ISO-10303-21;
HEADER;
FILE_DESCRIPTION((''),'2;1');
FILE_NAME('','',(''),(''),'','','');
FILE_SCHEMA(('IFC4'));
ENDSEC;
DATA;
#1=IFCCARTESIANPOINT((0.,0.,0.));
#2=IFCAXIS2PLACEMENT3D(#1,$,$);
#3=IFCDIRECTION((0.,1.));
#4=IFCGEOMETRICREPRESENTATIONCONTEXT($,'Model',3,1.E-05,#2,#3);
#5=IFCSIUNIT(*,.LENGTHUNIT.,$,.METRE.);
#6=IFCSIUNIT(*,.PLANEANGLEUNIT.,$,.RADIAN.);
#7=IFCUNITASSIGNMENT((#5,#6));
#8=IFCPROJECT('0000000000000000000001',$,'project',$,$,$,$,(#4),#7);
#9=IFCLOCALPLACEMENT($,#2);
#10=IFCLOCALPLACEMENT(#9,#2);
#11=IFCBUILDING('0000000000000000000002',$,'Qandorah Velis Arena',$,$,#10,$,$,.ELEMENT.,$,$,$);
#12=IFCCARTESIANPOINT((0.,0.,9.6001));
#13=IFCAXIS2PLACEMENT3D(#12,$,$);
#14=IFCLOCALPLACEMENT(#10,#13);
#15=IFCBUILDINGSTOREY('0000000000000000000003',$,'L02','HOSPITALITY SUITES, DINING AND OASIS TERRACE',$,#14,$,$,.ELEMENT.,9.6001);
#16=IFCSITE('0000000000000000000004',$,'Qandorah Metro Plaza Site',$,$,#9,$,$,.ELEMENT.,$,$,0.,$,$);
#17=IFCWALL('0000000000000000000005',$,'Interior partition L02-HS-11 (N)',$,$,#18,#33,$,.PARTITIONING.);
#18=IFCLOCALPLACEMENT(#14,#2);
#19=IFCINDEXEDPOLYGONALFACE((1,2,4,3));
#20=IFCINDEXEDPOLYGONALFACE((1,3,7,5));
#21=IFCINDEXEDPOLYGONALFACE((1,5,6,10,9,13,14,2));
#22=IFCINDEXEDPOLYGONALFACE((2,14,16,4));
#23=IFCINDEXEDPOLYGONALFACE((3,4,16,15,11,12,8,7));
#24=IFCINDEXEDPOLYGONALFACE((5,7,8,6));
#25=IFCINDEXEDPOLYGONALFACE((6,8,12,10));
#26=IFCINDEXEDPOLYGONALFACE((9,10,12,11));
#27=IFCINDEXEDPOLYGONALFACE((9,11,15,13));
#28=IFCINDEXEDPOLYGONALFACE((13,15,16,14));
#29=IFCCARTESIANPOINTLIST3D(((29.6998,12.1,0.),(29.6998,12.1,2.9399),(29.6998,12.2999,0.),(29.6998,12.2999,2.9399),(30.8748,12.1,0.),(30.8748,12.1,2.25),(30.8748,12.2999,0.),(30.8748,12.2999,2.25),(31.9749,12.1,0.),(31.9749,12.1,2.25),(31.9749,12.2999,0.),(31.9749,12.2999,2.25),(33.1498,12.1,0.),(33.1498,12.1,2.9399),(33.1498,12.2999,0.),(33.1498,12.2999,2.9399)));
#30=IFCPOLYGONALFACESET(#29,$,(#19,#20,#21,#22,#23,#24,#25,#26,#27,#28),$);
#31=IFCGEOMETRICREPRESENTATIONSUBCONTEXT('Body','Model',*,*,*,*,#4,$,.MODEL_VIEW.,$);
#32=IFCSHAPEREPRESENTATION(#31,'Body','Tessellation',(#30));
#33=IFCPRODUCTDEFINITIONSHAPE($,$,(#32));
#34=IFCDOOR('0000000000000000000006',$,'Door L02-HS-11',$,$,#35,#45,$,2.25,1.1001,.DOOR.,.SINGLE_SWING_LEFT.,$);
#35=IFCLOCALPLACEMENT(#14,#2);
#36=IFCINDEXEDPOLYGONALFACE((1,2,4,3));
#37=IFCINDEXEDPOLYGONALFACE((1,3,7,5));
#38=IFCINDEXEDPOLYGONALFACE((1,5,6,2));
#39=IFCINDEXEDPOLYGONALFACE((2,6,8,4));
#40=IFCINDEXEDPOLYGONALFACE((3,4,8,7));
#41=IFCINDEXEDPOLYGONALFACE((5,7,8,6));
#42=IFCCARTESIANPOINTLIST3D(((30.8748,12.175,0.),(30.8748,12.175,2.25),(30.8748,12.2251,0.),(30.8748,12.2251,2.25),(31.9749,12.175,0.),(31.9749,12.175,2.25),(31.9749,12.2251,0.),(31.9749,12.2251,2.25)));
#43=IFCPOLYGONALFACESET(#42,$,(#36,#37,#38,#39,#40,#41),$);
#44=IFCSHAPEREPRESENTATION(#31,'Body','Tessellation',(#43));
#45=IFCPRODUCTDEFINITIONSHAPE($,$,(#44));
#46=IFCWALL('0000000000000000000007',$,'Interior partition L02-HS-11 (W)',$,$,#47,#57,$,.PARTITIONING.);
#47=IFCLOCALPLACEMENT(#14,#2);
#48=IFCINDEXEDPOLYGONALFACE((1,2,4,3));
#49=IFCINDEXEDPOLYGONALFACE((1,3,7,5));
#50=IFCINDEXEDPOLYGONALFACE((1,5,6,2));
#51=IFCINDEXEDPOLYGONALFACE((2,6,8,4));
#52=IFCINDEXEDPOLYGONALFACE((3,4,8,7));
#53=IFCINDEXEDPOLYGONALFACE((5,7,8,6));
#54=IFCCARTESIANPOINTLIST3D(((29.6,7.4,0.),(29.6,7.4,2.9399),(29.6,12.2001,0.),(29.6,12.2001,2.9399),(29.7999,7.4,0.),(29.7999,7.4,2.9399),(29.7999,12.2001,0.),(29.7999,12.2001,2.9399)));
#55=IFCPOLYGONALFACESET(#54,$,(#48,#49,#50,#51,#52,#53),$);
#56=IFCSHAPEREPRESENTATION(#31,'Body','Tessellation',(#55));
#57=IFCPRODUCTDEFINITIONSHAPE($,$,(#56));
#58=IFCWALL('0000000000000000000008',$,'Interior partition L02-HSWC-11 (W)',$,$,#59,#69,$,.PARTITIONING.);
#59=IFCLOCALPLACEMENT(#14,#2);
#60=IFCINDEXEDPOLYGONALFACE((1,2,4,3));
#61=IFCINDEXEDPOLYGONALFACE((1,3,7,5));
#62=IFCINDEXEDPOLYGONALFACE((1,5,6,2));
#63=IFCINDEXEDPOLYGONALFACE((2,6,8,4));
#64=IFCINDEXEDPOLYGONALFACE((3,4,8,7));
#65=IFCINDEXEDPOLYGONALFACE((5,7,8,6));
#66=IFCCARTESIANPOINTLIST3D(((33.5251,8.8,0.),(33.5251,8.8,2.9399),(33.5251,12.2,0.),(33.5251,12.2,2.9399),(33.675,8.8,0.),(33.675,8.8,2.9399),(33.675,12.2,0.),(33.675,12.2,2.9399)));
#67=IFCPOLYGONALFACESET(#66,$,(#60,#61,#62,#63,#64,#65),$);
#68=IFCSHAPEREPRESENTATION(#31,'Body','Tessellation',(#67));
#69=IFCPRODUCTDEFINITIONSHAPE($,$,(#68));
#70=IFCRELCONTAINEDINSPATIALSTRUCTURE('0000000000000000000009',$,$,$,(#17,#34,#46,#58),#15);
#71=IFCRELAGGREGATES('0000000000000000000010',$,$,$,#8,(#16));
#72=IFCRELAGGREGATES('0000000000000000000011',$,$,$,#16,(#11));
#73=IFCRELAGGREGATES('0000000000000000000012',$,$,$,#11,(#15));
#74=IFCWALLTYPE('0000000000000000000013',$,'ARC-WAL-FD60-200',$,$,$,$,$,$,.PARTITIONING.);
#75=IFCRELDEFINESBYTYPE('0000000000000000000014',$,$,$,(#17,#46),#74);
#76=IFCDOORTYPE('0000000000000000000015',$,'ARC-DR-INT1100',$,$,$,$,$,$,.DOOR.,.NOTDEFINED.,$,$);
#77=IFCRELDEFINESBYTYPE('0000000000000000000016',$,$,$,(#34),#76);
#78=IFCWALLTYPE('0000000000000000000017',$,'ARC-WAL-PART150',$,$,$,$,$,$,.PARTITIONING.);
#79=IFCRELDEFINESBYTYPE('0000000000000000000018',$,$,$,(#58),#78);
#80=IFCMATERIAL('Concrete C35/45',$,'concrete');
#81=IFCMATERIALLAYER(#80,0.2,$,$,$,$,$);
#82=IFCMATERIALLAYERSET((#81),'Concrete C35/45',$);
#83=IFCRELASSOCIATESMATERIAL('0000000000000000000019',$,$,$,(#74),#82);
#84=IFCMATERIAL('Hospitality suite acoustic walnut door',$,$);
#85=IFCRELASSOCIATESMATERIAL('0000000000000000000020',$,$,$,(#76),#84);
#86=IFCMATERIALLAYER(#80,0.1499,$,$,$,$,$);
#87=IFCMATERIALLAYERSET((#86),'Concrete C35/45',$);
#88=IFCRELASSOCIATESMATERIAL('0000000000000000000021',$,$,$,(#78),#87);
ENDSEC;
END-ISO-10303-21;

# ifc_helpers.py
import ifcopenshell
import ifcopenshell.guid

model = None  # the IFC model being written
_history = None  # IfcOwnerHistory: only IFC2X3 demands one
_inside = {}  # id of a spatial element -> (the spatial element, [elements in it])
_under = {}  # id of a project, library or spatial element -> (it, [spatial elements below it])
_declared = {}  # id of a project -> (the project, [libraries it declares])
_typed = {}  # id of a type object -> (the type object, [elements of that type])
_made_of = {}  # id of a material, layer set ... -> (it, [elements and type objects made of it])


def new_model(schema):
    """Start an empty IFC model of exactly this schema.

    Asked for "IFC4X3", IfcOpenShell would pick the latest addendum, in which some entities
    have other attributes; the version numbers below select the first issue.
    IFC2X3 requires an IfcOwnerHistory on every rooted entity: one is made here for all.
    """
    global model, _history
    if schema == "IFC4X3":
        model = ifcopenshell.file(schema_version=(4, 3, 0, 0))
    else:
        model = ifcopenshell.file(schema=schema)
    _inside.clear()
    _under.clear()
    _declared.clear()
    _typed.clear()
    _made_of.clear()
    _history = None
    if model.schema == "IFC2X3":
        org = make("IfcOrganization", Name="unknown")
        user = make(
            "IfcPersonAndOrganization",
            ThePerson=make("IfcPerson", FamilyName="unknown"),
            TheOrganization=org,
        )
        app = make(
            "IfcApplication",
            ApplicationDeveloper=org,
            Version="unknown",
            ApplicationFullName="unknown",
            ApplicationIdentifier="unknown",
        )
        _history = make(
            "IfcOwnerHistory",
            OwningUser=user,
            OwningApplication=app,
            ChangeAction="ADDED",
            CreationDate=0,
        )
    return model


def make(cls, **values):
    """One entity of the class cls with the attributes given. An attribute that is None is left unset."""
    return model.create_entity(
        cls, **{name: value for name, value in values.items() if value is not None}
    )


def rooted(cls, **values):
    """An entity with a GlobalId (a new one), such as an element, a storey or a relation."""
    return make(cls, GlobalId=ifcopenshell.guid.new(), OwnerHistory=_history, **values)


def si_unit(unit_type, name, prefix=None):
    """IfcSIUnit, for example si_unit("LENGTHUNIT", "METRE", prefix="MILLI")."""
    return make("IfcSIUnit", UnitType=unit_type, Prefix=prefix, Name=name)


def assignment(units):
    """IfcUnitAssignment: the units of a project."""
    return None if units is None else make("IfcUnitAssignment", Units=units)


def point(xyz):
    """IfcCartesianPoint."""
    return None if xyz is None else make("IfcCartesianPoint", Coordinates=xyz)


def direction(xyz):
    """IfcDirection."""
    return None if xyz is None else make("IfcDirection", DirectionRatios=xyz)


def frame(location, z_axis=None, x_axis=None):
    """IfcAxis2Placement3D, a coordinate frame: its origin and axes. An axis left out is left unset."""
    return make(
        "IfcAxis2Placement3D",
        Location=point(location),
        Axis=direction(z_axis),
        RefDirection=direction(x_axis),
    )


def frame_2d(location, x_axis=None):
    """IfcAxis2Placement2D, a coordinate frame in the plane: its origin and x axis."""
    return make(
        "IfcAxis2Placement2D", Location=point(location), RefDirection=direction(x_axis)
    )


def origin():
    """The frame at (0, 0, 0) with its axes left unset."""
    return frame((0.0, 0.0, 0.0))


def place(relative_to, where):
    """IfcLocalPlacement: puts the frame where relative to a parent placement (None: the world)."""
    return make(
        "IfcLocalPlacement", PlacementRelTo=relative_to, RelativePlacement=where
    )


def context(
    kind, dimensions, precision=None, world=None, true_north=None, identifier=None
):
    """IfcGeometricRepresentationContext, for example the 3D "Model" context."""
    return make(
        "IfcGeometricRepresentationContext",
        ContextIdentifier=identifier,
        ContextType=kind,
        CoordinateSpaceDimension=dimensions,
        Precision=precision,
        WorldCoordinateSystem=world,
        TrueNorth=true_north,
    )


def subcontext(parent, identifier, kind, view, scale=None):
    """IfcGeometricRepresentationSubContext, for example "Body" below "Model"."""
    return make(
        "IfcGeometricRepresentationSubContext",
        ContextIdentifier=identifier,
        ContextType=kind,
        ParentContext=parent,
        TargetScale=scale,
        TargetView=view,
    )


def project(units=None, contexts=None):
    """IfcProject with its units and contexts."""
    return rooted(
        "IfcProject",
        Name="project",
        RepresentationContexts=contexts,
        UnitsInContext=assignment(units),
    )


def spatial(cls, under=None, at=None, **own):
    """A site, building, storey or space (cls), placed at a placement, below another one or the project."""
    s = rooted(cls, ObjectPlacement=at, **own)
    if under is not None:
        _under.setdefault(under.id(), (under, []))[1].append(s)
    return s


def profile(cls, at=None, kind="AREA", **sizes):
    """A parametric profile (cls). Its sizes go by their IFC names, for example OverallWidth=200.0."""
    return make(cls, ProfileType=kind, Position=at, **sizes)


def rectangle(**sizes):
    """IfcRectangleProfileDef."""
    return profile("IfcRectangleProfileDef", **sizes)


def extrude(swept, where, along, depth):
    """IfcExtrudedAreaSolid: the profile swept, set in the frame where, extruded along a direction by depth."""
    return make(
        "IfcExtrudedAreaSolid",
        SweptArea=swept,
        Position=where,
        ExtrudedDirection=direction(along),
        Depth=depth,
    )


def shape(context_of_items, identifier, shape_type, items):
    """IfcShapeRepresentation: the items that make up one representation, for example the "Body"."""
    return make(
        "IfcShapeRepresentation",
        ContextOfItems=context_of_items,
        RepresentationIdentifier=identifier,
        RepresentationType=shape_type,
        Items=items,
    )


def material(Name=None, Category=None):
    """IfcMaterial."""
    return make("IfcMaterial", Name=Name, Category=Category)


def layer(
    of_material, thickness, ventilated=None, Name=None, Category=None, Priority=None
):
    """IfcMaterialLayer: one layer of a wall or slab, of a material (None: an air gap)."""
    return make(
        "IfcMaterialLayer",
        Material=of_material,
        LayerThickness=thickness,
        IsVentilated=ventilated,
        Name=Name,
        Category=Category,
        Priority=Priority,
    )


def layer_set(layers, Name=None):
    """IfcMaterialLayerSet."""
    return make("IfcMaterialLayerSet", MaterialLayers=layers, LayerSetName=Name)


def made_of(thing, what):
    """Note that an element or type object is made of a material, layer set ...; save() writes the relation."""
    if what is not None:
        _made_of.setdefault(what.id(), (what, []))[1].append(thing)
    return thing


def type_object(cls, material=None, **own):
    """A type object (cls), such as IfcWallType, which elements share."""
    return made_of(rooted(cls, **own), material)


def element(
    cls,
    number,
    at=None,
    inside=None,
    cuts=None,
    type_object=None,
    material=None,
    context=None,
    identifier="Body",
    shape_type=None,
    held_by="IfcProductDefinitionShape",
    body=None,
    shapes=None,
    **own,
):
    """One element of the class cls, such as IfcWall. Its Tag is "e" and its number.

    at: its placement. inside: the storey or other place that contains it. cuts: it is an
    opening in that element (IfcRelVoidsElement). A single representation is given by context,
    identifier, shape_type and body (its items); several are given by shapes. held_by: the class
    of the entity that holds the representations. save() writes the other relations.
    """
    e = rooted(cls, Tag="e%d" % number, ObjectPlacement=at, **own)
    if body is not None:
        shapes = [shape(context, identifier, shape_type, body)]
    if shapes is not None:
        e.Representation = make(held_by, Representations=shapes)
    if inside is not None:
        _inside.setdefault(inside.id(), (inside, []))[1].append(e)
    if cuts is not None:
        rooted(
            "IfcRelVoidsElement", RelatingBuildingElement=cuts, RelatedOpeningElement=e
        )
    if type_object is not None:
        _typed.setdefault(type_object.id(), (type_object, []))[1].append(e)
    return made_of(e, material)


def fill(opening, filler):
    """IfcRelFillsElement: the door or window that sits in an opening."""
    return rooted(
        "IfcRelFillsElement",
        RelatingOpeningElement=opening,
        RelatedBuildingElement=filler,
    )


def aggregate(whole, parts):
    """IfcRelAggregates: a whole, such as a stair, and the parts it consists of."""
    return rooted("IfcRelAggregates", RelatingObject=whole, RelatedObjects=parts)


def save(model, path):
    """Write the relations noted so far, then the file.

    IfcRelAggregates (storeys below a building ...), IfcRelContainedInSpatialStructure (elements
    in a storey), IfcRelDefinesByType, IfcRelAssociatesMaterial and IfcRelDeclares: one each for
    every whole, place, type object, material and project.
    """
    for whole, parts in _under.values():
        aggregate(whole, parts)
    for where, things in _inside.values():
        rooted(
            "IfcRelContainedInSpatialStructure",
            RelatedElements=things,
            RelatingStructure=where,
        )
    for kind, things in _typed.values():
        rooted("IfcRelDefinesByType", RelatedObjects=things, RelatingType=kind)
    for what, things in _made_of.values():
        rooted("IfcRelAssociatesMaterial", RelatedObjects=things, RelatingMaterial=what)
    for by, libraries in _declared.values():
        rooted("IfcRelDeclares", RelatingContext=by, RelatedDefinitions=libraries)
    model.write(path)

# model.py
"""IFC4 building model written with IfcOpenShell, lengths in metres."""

from ifc_helpers import new_model, si_unit, direction, frame, frame_2d, origin, place, context, subcontext, project, spatial, rectangle, extrude, material, layer, layer_set, type_object, element, fill, save


model = new_model("IFC4")

# Units and contexts
model_context = context("Model", 3, precision=1e-05, world=origin(), true_north=direction((0.0, 1.0)))
body_context = subcontext(model_context, "Body", "Model", "MODEL_VIEW")
ifc_project = project(units=[si_unit("LENGTHUNIT", "METRE"), si_unit("PLANEANGLEUNIT", "RADIAN")], contexts=[model_context])

# Site, building, storey
site_placement = place(None, origin())
site = spatial("IfcSite", under=ifc_project, at=site_placement, Name="Qandorah Metro Plaza Site", CompositionType="ELEMENT", RefElevation=0.0)
building_placement = place(site_placement, origin())
building = spatial("IfcBuilding", under=site, at=building_placement, Name="Qandorah Velis Arena", CompositionType="ELEMENT")
storey_placement = place(building_placement, frame((0.0, 0.0, 9.6001)))
storey = spatial("IfcBuildingStorey", under=building, at=storey_placement, Name="L02", Description="HOSPITALITY SUITES, DINING AND OASIS TERRACE", CompositionType="ELEMENT", Elevation=9.6001)

# Wall, opening, door
ifc_material_1 = material(Name="Concrete C35/45", Category="concrete")
ifc_layer_1 = layer(ifc_material_1, 0.2)
ifc_layer_set_1 = layer_set([ifc_layer_1], Name="Concrete C35/45")
wall_type_1 = type_object("IfcWallType", Name="ARC-WAL-FD60-200", PredefinedType="PARTITIONING", material=ifc_layer_set_1)
wall_1_placement = place(storey_placement, frame((33.1499, 12.2, 0.0), z_axis=(0.0, 0.0, 1.0), x_axis=(-1.0, 0.0, 0.0)))
wall_1 = element("IfcWall", 1, at=wall_1_placement, inside=storey, type_object=wall_type_1, Name="Interior partition L02-HS-11 (N)", PredefinedType="PARTITIONING", context=body_context, shape_type="SweptSolid", body=[
    extrude(rectangle(XDim=3.45, YDim=0.2, at=frame_2d((1.7251, 0.0))), origin(), (0.0, 0.0, 1.0), 2.9399),
])
opening_1_placement = place(wall_1_placement, frame((1.175, 0.0, 0.0)))
opening_1 = element("IfcOpeningElement", 2, at=opening_1_placement, cuts=wall_1, PredefinedType="OPENING", context=body_context, shape_type="SweptSolid", body=[
    extrude(rectangle(XDim=1.1001, YDim=2.25, at=frame_2d((0.55, 1.125))), frame((0.0, 0.1099, 0.0), z_axis=(0.0, -1.0, 0.0), x_axis=(1.0, 0.0, 0.0)), (0.0, 0.0, 1.0), 0.22),
])
ifc_material_2 = material(Name="Hospitality suite acoustic walnut door")
door_type_1 = type_object("IfcDoorType", Name="ARC-DR-INT1100", OperationType="NOTDEFINED", PredefinedType="DOOR", material=ifc_material_2)
door_1_placement = place(opening_1_placement, origin())
door_1 = element("IfcDoor", 3, at=door_1_placement, inside=storey, type_object=door_type_1, Name="Door L02-HS-11", OperationType="SINGLE_SWING_LEFT", OverallHeight=2.25, OverallWidth=1.1001, PredefinedType="DOOR", context=body_context, shape_type="SweptSolid", body=[
    extrude(rectangle(XDim=1.1001, YDim=2.25, at=frame_2d((0.55, 1.125))), frame((0.0, 0.0249, 0.0), z_axis=(0.0, -1.0, 0.0), x_axis=(1.0, 0.0, 0.0)), (0.0, 0.0, 1.0), 0.05),
])
fill(opening_1, door_1)

# Wall
wall_2_placement = place(storey_placement, frame((29.7, 12.2, 0.0), z_axis=(0.0, 0.0, 1.0), x_axis=(0.0, -1.0, 0.0)))
element("IfcWall", 4, at=wall_2_placement, inside=storey, type_object=wall_type_1, Name="Interior partition L02-HS-11 (W)", PredefinedType="PARTITIONING", context=body_context, shape_type="SweptSolid", body=[
    extrude(rectangle(XDim=4.8, YDim=0.2, at=frame_2d((2.3999, 0.0))), origin(), (0.0, 0.0, 1.0), 2.9399),
])

# Shared definitions
ifc_layer_2 = layer(ifc_material_1, 0.1499)
ifc_layer_set_2 = layer_set([ifc_layer_2], Name="Concrete C35/45")
wall_type_2 = type_object("IfcWallType", Name="ARC-WAL-PART150", PredefinedType="PARTITIONING", material=ifc_layer_set_2)

# Wall
wall_3_placement = place(storey_placement, frame((33.6001, 12.2, 0.0), z_axis=(0.0, 0.0, 1.0), x_axis=(0.0, -1.0, 0.0)))
element("IfcWall", 5, at=wall_3_placement, inside=storey, type_object=wall_type_2, Name="Interior partition L02-HSWC-11 (W)", PredefinedType="PARTITIONING", context=body_context, shape_type="SweptSolid", body=[
    extrude(rectangle(XDim=3.3999, YDim=0.1499, at=frame_2d((1.7, 0.0))), origin(), (0.0, 0.0, 1.0), 2.9399),
])

save(model, "model.ifc")
